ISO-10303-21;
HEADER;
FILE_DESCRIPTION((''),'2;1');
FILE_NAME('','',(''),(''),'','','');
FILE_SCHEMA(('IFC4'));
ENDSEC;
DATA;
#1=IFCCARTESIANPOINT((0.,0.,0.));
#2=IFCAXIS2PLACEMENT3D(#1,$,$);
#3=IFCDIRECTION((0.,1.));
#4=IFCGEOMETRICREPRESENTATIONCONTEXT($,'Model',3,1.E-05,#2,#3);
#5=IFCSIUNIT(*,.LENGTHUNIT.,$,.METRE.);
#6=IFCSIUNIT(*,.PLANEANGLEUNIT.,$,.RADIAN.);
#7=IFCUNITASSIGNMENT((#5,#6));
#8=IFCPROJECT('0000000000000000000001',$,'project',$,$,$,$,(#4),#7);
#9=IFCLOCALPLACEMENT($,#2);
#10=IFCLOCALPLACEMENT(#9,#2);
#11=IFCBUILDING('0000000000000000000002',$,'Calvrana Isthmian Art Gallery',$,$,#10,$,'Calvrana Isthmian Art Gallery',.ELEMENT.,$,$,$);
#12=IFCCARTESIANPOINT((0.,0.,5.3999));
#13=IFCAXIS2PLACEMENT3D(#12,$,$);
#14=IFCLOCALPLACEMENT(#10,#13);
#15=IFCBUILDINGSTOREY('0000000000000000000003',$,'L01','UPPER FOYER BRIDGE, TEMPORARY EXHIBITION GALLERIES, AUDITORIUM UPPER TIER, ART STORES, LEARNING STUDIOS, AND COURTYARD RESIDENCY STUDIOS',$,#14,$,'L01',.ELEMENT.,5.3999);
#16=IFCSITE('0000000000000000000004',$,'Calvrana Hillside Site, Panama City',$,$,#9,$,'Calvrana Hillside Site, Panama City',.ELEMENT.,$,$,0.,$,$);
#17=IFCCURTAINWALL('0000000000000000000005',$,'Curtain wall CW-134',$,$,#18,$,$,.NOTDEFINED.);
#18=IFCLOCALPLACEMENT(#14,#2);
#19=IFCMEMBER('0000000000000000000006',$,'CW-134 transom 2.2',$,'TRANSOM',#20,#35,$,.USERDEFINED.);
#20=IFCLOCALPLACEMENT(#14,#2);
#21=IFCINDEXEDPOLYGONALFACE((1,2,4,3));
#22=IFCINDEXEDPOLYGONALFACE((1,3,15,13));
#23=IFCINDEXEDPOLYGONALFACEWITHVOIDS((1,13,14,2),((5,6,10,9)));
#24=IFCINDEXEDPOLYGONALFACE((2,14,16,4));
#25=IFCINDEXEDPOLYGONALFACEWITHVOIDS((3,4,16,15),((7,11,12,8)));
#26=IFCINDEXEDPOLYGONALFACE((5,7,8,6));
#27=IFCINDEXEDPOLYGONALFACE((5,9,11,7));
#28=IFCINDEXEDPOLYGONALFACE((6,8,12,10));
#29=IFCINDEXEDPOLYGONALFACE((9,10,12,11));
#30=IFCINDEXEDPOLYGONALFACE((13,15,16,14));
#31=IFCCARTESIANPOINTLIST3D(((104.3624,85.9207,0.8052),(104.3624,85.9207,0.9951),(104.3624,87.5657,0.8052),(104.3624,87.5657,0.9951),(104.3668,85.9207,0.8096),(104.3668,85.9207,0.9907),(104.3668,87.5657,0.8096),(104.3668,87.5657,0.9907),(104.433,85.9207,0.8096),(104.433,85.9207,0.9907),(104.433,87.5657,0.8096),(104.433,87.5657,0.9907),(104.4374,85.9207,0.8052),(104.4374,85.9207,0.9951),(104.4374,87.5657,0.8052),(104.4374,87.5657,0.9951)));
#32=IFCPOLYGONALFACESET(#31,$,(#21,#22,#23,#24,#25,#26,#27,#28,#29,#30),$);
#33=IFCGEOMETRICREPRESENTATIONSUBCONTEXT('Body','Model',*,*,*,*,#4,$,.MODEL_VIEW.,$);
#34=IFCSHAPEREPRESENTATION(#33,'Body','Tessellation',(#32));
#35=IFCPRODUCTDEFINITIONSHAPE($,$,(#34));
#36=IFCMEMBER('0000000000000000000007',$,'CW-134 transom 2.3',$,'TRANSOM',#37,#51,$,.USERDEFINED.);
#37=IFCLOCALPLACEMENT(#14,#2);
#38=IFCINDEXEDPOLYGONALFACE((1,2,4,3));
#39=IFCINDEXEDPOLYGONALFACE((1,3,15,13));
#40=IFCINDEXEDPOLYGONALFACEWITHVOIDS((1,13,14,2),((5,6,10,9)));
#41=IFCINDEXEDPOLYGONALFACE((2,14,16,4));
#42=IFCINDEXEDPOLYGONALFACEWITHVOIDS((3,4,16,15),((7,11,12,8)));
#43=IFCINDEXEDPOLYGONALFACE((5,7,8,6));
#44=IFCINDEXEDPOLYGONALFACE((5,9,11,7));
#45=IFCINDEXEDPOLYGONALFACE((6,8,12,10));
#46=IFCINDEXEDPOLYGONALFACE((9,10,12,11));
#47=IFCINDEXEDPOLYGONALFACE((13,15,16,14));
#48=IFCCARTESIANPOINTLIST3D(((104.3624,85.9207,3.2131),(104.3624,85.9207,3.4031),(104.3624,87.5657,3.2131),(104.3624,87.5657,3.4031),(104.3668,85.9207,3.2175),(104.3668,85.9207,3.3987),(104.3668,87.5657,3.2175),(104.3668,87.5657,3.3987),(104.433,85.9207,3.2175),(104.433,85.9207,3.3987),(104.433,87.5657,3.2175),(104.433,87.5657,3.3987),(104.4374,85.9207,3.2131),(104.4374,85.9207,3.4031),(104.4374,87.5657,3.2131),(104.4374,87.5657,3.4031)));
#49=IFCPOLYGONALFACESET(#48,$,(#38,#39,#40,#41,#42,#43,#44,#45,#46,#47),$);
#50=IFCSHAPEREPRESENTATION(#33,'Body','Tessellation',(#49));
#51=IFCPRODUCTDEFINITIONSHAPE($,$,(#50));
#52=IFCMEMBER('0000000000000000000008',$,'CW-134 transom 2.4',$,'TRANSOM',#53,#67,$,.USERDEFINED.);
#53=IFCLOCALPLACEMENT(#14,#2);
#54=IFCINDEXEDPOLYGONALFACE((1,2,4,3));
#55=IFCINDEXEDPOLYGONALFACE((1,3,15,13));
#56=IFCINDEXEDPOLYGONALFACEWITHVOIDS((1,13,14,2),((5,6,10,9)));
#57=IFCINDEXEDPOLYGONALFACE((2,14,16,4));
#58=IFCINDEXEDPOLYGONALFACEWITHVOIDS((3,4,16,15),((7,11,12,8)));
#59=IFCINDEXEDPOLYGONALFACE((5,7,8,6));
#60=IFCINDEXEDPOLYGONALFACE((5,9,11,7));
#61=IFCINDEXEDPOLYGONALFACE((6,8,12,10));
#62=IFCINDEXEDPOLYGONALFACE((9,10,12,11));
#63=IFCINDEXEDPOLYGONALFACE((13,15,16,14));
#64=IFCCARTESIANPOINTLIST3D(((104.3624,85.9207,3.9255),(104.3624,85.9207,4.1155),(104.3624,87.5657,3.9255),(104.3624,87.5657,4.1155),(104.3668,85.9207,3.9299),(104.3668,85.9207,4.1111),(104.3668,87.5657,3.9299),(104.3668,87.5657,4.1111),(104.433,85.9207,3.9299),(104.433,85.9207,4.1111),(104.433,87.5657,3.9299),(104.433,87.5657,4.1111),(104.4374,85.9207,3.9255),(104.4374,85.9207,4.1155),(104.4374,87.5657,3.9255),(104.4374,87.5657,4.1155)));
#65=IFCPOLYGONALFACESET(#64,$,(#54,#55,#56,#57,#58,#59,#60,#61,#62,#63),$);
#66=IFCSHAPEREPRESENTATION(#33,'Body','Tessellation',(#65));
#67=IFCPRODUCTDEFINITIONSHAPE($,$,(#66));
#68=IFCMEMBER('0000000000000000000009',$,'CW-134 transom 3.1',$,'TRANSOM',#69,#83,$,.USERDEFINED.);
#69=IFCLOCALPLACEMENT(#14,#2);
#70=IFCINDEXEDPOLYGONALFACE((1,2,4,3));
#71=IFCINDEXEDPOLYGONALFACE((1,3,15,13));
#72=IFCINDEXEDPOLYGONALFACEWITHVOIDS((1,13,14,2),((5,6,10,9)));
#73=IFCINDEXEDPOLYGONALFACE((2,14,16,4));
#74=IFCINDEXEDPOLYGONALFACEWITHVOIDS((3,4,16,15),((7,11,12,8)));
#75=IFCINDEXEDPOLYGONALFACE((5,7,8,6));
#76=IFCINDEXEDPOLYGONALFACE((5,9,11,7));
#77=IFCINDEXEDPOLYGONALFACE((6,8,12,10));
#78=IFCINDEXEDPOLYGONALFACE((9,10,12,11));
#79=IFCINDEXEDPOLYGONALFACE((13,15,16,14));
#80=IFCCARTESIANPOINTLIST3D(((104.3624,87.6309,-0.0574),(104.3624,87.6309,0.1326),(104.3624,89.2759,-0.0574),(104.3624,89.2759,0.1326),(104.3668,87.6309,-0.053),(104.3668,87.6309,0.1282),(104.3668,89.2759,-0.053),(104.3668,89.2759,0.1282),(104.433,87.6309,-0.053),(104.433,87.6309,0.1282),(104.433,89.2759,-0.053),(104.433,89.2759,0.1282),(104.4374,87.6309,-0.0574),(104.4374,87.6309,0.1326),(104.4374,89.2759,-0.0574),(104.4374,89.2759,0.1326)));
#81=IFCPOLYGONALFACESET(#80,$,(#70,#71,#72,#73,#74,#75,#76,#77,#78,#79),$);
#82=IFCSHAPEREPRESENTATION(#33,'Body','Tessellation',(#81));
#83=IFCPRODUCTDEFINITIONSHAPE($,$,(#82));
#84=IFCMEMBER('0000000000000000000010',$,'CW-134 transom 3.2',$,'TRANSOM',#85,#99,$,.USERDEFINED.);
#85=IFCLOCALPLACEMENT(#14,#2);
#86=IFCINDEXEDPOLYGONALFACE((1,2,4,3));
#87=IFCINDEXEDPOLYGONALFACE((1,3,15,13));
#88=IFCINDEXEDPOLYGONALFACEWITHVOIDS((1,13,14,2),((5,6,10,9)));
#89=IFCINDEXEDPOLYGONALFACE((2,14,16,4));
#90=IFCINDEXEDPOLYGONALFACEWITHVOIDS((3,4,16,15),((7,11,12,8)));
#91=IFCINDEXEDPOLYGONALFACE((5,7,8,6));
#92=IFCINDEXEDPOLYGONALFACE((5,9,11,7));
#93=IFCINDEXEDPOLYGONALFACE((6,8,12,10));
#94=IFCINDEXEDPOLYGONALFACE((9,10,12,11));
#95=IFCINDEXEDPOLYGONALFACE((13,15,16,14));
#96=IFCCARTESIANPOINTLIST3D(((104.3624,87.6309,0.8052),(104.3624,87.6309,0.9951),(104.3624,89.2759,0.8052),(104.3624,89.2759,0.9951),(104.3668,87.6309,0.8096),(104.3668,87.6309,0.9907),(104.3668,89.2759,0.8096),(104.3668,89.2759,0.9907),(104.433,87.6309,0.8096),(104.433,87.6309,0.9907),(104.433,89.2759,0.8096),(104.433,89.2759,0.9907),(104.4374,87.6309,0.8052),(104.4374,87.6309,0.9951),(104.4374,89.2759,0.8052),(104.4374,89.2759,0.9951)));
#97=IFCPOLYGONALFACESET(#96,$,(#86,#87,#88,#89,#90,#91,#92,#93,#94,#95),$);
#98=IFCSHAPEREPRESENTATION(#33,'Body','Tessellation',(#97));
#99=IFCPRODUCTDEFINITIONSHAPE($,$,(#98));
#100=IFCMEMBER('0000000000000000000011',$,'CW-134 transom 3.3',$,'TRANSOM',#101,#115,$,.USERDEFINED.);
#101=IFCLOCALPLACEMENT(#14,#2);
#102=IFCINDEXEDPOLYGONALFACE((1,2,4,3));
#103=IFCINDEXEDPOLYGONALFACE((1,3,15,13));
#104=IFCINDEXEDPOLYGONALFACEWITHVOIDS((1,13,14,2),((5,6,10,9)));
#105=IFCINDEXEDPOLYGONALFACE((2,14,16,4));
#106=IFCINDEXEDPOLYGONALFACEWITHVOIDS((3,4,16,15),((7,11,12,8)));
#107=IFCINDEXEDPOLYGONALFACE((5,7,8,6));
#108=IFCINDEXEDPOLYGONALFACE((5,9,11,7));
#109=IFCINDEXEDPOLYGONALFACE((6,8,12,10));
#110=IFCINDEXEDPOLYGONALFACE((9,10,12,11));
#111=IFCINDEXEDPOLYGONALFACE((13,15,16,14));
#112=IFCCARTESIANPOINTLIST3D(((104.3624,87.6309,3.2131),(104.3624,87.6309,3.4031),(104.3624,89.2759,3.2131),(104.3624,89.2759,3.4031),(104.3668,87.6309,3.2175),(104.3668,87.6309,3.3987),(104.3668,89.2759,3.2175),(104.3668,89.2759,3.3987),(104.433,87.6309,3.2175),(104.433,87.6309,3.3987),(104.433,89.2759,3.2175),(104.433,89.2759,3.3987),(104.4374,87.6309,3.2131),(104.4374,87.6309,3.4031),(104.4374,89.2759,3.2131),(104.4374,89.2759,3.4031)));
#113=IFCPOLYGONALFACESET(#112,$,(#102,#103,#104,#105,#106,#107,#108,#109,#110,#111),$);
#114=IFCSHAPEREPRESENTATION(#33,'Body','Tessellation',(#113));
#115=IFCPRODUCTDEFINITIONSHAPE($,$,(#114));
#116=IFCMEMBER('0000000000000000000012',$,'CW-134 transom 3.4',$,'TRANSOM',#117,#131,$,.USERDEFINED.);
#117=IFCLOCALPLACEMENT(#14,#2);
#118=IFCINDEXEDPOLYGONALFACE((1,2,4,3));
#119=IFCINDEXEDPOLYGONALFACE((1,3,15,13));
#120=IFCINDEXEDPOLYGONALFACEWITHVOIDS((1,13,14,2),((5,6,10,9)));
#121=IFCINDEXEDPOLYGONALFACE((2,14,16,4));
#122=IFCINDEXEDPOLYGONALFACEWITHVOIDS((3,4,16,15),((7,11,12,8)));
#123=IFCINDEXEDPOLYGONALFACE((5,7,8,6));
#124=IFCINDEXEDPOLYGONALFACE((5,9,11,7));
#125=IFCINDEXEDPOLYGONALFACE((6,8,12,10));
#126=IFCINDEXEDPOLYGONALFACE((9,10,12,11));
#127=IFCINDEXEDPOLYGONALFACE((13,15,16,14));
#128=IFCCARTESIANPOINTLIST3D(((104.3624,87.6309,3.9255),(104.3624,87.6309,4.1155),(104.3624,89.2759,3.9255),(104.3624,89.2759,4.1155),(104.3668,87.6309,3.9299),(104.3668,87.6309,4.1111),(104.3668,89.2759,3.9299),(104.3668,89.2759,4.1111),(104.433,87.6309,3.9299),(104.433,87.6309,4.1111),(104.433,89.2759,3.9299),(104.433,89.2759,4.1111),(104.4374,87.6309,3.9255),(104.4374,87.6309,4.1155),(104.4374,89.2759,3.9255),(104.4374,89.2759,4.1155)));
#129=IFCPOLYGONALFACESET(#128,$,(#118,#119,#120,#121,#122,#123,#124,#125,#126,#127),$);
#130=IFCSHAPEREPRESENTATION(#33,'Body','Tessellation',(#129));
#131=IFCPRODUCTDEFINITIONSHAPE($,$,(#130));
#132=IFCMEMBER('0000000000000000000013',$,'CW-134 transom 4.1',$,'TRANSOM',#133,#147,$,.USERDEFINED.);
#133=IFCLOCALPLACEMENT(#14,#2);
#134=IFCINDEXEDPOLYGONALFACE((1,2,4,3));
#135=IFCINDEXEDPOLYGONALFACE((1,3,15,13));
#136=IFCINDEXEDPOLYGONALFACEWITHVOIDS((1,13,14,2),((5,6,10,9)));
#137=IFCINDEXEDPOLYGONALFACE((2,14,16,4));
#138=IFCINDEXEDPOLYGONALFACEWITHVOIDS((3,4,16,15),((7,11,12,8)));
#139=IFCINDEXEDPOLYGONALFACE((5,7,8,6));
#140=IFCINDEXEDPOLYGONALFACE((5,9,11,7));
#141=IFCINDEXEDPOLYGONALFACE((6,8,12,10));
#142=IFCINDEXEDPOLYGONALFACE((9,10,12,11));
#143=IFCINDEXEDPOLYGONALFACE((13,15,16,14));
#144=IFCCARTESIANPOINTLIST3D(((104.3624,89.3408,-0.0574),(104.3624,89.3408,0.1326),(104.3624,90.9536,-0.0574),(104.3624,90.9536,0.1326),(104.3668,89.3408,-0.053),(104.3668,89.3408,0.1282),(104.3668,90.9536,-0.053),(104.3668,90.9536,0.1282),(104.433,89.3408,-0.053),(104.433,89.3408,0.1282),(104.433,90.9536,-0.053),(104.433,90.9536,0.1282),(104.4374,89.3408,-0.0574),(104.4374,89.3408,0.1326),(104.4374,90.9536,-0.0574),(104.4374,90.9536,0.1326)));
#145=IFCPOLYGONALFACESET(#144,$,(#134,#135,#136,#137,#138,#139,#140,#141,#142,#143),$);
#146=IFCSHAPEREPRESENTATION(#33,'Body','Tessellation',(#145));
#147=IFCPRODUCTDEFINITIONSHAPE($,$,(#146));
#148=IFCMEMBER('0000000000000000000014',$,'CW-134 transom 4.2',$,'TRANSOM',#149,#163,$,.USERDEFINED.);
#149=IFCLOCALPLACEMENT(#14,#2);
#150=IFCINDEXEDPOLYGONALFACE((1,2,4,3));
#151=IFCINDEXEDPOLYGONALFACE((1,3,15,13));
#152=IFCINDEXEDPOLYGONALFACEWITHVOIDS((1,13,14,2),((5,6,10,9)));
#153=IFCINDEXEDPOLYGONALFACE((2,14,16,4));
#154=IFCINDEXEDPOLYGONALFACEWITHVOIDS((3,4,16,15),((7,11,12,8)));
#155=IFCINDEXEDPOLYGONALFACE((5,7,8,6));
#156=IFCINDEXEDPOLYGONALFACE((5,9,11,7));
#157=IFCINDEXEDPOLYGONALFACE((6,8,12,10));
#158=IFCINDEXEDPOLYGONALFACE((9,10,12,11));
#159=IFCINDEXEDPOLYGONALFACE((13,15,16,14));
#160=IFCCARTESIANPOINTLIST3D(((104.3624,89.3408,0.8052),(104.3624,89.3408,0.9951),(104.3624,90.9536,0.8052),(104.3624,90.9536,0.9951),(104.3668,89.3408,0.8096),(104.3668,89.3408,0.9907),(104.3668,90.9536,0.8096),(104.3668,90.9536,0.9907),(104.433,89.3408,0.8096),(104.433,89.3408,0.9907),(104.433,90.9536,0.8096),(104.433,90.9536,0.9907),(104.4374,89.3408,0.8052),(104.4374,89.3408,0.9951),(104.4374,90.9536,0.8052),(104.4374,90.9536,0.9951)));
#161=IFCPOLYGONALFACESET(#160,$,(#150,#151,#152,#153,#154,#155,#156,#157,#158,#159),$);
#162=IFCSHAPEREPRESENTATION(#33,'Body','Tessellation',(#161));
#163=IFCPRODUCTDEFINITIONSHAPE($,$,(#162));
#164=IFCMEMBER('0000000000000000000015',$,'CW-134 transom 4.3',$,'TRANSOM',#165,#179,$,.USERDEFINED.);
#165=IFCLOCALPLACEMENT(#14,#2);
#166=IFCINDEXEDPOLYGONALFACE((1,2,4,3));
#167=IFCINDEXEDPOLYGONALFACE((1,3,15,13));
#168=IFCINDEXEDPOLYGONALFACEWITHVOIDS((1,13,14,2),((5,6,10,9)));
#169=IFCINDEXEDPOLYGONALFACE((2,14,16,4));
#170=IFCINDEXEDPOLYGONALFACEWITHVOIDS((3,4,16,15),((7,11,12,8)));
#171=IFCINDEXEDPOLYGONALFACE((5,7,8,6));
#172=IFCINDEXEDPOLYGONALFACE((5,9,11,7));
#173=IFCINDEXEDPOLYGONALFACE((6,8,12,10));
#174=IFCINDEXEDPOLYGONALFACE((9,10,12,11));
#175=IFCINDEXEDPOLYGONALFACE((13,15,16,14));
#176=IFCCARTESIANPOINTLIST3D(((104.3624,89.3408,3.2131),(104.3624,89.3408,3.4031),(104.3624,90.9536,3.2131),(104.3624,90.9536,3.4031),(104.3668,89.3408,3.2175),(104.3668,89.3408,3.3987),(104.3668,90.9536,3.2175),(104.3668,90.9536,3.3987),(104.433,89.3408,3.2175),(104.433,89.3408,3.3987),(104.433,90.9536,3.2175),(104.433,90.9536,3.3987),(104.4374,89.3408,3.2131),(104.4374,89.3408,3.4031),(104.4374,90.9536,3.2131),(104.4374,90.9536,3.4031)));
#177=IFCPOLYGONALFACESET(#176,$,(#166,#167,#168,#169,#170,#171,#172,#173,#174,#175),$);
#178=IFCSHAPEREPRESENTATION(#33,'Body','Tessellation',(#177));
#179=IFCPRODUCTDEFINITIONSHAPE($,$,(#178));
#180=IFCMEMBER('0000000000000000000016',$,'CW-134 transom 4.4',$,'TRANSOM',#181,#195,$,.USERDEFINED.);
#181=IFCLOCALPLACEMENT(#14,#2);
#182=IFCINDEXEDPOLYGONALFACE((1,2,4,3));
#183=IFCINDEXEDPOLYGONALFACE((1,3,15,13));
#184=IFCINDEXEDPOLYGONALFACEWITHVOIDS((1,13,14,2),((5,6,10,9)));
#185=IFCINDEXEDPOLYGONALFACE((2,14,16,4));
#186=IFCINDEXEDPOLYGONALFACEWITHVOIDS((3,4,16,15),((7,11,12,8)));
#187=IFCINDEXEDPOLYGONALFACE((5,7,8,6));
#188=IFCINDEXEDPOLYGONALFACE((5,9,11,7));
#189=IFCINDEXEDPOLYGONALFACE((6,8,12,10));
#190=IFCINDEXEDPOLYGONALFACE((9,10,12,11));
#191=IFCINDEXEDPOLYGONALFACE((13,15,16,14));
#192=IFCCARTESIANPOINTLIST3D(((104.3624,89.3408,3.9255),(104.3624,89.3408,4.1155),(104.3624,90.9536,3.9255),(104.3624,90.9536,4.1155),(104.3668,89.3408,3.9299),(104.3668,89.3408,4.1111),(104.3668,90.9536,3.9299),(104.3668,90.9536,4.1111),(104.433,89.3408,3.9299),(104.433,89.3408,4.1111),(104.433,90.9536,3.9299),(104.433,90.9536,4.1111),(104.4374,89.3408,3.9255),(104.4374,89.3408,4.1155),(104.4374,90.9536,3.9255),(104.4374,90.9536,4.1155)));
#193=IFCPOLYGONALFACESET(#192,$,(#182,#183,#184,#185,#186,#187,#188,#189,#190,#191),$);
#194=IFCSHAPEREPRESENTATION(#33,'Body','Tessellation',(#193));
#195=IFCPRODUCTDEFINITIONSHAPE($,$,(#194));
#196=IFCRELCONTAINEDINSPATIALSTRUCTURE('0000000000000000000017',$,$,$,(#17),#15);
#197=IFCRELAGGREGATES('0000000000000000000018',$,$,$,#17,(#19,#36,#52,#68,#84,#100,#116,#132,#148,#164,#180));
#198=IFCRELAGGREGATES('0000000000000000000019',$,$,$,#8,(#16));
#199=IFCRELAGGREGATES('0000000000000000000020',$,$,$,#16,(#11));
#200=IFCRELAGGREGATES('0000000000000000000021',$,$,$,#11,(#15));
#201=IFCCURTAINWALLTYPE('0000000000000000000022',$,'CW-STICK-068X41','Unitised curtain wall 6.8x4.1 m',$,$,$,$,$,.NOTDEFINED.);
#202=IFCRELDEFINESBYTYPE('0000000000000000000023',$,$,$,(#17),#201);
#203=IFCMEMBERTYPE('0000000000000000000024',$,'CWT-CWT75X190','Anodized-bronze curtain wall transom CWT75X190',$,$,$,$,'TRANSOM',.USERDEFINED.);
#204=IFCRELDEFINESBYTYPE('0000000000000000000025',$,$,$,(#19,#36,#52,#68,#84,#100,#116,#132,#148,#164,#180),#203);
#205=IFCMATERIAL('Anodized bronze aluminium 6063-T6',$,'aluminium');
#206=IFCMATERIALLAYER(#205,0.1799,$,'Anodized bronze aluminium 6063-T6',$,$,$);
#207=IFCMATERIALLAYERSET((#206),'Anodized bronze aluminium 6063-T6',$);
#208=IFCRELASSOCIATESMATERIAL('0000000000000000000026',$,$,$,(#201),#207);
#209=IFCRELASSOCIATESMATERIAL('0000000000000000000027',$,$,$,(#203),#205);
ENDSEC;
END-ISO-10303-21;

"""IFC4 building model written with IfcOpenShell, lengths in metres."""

from ifc_helpers import new_model, si_unit, direction, frame, origin, origin_2d, place, context, subcontext, project, spatial, hollow_rectangle, extrude, material, layer, layer_set, material_profile, profile_set, type_object, element, aggregate, save


model = new_model("IFC4")

# Units and contexts
model_context = context("Model", 3, precision=1e-05, world=origin(), true_north=direction((0.0, 1.0)))
body_context = subcontext(model_context, "Body", "Model", "MODEL_VIEW")
ifc_project = project(units=[si_unit("LENGTHUNIT", "METRE"), si_unit("PLANEANGLEUNIT", "RADIAN")], contexts=[model_context])

# Site, building, storey
site_placement = place(None, origin())
site = spatial("IfcSite", under=ifc_project, at=site_placement, Name="Calvrana Hillside Site, Panama City", LongName="Calvrana Hillside Site, Panama City", CompositionType="ELEMENT", RefElevation=0.0)
building_placement = place(site_placement, origin())
building = spatial("IfcBuilding", under=site, at=building_placement, Name="Calvrana Isthmian Art Gallery", LongName="Calvrana Isthmian Art Gallery", CompositionType="ELEMENT")
storey_placement = place(building_placement, frame((0.0, 0.0, 5.3999)))
storey = spatial("IfcBuildingStorey", under=building, at=storey_placement, Name="L01", Description="UPPER FOYER BRIDGE, TEMPORARY EXHIBITION GALLERIES, AUDITORIUM UPPER TIER, ART STORES, LEARNING STUDIOS, AND COURTYARD RESIDENCY STUDIOS", LongName="L01", CompositionType="ELEMENT", Elevation=5.3999)

# Curtain wall, members
ifc_material_1 = material(Name="Anodized bronze aluminium 6063-T6", Category="aluminium")
ifc_layer_1 = layer(ifc_material_1, 0.1799, Name="Anodized bronze aluminium 6063-T6")
ifc_layer_set_1 = layer_set([ifc_layer_1], Name="Anodized bronze aluminium 6063-T6")
curtain_wall_type = type_object("IfcCurtainWallType", Name="CW-STICK-068X41", Description="Unitised curtain wall 6.8x4.1 m", PredefinedType="NOTDEFINED", material=ifc_layer_set_1)
curtain_wall_placement = place(storey_placement, origin())
curtain_wall = element("IfcCurtainWall", 1, at=curtain_wall_placement, inside=storey, type_object=curtain_wall_type, Name="Curtain wall CW-134", PredefinedType="NOTDEFINED")
ifc_material_profile_1 = material_profile(ifc_material_1, hollow_rectangle(XDim=0.075, YDim=0.1899, WallThickness=0.0044, at=origin_2d()), Name="CWT75X190")
ifc_profile_set_1 = profile_set([ifc_material_profile_1], Name="Anodized bronze aluminium 6063-T6")
member_type_1 = type_object("IfcMemberType", Name="CWT-CWT75X190", Description="Anodized-bronze curtain wall transom CWT75X190", ElementType="TRANSOM", PredefinedType="USERDEFINED", material=ifc_profile_set_1)
member_1_placement = place(storey_placement, frame((104.3999, 85.9207, 0.9001), z_axis=(0.0, 1.0, 0.0), x_axis=(-1.0, 0.0, 0.0)))
member_1 = element("IfcMember", 2, at=member_1_placement, type_object=member_type_1, Name="CW-134 transom 2.2", ObjectType="TRANSOM", PredefinedType="USERDEFINED", context=body_context, shape_type="SweptSolid", body=[
    extrude(hollow_rectangle(XDim=0.075, YDim=0.1899, WallThickness=0.0044, at=origin_2d()), origin(), (0.0, 0.0, 1.0), 1.645),
])
member_2_placement = place(storey_placement, frame((104.3999, 85.9207, 3.3081), z_axis=(0.0, 1.0, 0.0), x_axis=(-1.0, 0.0, 0.0)))
member_2 = element("IfcMember", 3, at=member_2_placement, type_object=member_type_1, Name="CW-134 transom 2.3", ObjectType="TRANSOM", PredefinedType="USERDEFINED", context=body_context, shape_type="SweptSolid", body=[
    extrude(hollow_rectangle(XDim=0.075, YDim=0.1899, WallThickness=0.0044, at=origin_2d()), origin(), (0.0, 0.0, 1.0), 1.645),
])
member_3_placement = place(storey_placement, frame((104.3999, 85.9207, 4.0205), z_axis=(0.0, 1.0, 0.0), x_axis=(-1.0, 0.0, 0.0)))
member_3 = element("IfcMember", 4, at=member_3_placement, type_object=member_type_1, Name="CW-134 transom 2.4", ObjectType="TRANSOM", PredefinedType="USERDEFINED", context=body_context, shape_type="SweptSolid", body=[
    extrude(hollow_rectangle(XDim=0.075, YDim=0.1899, WallThickness=0.0044, at=origin_2d()), origin(), (0.0, 0.0, 1.0), 1.645),
])
member_4_placement = place(storey_placement, frame((104.3999, 87.6309, 0.0376), z_axis=(0.0, 1.0, 0.0), x_axis=(-1.0, 0.0, 0.0)))
member_4 = element("IfcMember", 5, at=member_4_placement, type_object=member_type_1, Name="CW-134 transom 3.1", ObjectType="TRANSOM", PredefinedType="USERDEFINED", context=body_context, shape_type="SweptSolid", body=[
    extrude(hollow_rectangle(XDim=0.075, YDim=0.1899, WallThickness=0.0044, at=origin_2d()), origin(), (0.0, 0.0, 1.0), 1.645),
])
member_5_placement = place(storey_placement, frame((104.3999, 87.6309, 0.9001), z_axis=(0.0, 1.0, 0.0), x_axis=(-1.0, 0.0, 0.0)))
member_5 = element("IfcMember", 6, at=member_5_placement, type_object=member_type_1, Name="CW-134 transom 3.2", ObjectType="TRANSOM", PredefinedType="USERDEFINED", context=body_context, shape_type="SweptSolid", body=[
    extrude(hollow_rectangle(XDim=0.075, YDim=0.1899, WallThickness=0.0044, at=origin_2d()), origin(), (0.0, 0.0, 1.0), 1.645),
])
member_6_placement = place(storey_placement, frame((104.3999, 87.6309, 3.3081), z_axis=(0.0, 1.0, 0.0), x_axis=(-1.0, 0.0, 0.0)))
member_6 = element("IfcMember", 7, at=member_6_placement, type_object=member_type_1, Name="CW-134 transom 3.3", ObjectType="TRANSOM", PredefinedType="USERDEFINED", context=body_context, shape_type="SweptSolid", body=[
    extrude(hollow_rectangle(XDim=0.075, YDim=0.1899, WallThickness=0.0044, at=origin_2d()), origin(), (0.0, 0.0, 1.0), 1.645),
])
member_7_placement = place(storey_placement, frame((104.3999, 87.6309, 4.0205), z_axis=(0.0, 1.0, 0.0), x_axis=(-1.0, 0.0, 0.0)))
member_7 = element("IfcMember", 8, at=member_7_placement, type_object=member_type_1, Name="CW-134 transom 3.4", ObjectType="TRANSOM", PredefinedType="USERDEFINED", context=body_context, shape_type="SweptSolid", body=[
    extrude(hollow_rectangle(XDim=0.075, YDim=0.1899, WallThickness=0.0044, at=origin_2d()), origin(), (0.0, 0.0, 1.0), 1.645),
])
member_8_placement = place(storey_placement, frame((104.3999, 89.3408, 0.0376), z_axis=(0.0, 1.0, 0.0), x_axis=(-1.0, 0.0, 0.0)))
member_8 = element("IfcMember", 9, at=member_8_placement, type_object=member_type_1, Name="CW-134 transom 4.1", ObjectType="TRANSOM", PredefinedType="USERDEFINED", context=body_context, shape_type="SweptSolid", body=[
    extrude(hollow_rectangle(XDim=0.075, YDim=0.1899, WallThickness=0.0044, at=origin_2d()), origin(), (0.0, 0.0, 1.0), 1.6128),
])
member_9_placement = place(storey_placement, frame((104.3999, 89.3408, 0.9001), z_axis=(0.0, 1.0, 0.0), x_axis=(-1.0, 0.0, 0.0)))
member_9 = element("IfcMember", 10, at=member_9_placement, type_object=member_type_1, Name="CW-134 transom 4.2", ObjectType="TRANSOM", PredefinedType="USERDEFINED", context=body_context, shape_type="SweptSolid", body=[
    extrude(hollow_rectangle(XDim=0.075, YDim=0.1899, WallThickness=0.0044, at=origin_2d()), origin(), (0.0, 0.0, 1.0), 1.6128),
])
member_10_placement = place(storey_placement, frame((104.3999, 89.3408, 3.3081), z_axis=(0.0, 1.0, 0.0), x_axis=(-1.0, 0.0, 0.0)))
member_10 = element("IfcMember", 11, at=member_10_placement, type_object=member_type_1, Name="CW-134 transom 4.3", ObjectType="TRANSOM", PredefinedType="USERDEFINED", context=body_context, shape_type="SweptSolid", body=[
    extrude(hollow_rectangle(XDim=0.075, YDim=0.1899, WallThickness=0.0044, at=origin_2d()), origin(), (0.0, 0.0, 1.0), 1.6128),
])
member_11_placement = place(storey_placement, frame((104.3999, 89.3408, 4.0205), z_axis=(0.0, 1.0, 0.0), x_axis=(-1.0, 0.0, 0.0)))
member_11 = element("IfcMember", 12, at=member_11_placement, type_object=member_type_1, Name="CW-134 transom 4.4", ObjectType="TRANSOM", PredefinedType="USERDEFINED", context=body_context, shape_type="SweptSolid", body=[
    extrude(hollow_rectangle(XDim=0.075, YDim=0.1899, WallThickness=0.0044, at=origin_2d()), origin(), (0.0, 0.0, 1.0), 1.6128),
])
aggregate(curtain_wall, [member_1, member_2, member_3, member_4, member_5, member_6, member_7, member_8, member_9, member_10, member_11])

save(model, "model.ifc")
